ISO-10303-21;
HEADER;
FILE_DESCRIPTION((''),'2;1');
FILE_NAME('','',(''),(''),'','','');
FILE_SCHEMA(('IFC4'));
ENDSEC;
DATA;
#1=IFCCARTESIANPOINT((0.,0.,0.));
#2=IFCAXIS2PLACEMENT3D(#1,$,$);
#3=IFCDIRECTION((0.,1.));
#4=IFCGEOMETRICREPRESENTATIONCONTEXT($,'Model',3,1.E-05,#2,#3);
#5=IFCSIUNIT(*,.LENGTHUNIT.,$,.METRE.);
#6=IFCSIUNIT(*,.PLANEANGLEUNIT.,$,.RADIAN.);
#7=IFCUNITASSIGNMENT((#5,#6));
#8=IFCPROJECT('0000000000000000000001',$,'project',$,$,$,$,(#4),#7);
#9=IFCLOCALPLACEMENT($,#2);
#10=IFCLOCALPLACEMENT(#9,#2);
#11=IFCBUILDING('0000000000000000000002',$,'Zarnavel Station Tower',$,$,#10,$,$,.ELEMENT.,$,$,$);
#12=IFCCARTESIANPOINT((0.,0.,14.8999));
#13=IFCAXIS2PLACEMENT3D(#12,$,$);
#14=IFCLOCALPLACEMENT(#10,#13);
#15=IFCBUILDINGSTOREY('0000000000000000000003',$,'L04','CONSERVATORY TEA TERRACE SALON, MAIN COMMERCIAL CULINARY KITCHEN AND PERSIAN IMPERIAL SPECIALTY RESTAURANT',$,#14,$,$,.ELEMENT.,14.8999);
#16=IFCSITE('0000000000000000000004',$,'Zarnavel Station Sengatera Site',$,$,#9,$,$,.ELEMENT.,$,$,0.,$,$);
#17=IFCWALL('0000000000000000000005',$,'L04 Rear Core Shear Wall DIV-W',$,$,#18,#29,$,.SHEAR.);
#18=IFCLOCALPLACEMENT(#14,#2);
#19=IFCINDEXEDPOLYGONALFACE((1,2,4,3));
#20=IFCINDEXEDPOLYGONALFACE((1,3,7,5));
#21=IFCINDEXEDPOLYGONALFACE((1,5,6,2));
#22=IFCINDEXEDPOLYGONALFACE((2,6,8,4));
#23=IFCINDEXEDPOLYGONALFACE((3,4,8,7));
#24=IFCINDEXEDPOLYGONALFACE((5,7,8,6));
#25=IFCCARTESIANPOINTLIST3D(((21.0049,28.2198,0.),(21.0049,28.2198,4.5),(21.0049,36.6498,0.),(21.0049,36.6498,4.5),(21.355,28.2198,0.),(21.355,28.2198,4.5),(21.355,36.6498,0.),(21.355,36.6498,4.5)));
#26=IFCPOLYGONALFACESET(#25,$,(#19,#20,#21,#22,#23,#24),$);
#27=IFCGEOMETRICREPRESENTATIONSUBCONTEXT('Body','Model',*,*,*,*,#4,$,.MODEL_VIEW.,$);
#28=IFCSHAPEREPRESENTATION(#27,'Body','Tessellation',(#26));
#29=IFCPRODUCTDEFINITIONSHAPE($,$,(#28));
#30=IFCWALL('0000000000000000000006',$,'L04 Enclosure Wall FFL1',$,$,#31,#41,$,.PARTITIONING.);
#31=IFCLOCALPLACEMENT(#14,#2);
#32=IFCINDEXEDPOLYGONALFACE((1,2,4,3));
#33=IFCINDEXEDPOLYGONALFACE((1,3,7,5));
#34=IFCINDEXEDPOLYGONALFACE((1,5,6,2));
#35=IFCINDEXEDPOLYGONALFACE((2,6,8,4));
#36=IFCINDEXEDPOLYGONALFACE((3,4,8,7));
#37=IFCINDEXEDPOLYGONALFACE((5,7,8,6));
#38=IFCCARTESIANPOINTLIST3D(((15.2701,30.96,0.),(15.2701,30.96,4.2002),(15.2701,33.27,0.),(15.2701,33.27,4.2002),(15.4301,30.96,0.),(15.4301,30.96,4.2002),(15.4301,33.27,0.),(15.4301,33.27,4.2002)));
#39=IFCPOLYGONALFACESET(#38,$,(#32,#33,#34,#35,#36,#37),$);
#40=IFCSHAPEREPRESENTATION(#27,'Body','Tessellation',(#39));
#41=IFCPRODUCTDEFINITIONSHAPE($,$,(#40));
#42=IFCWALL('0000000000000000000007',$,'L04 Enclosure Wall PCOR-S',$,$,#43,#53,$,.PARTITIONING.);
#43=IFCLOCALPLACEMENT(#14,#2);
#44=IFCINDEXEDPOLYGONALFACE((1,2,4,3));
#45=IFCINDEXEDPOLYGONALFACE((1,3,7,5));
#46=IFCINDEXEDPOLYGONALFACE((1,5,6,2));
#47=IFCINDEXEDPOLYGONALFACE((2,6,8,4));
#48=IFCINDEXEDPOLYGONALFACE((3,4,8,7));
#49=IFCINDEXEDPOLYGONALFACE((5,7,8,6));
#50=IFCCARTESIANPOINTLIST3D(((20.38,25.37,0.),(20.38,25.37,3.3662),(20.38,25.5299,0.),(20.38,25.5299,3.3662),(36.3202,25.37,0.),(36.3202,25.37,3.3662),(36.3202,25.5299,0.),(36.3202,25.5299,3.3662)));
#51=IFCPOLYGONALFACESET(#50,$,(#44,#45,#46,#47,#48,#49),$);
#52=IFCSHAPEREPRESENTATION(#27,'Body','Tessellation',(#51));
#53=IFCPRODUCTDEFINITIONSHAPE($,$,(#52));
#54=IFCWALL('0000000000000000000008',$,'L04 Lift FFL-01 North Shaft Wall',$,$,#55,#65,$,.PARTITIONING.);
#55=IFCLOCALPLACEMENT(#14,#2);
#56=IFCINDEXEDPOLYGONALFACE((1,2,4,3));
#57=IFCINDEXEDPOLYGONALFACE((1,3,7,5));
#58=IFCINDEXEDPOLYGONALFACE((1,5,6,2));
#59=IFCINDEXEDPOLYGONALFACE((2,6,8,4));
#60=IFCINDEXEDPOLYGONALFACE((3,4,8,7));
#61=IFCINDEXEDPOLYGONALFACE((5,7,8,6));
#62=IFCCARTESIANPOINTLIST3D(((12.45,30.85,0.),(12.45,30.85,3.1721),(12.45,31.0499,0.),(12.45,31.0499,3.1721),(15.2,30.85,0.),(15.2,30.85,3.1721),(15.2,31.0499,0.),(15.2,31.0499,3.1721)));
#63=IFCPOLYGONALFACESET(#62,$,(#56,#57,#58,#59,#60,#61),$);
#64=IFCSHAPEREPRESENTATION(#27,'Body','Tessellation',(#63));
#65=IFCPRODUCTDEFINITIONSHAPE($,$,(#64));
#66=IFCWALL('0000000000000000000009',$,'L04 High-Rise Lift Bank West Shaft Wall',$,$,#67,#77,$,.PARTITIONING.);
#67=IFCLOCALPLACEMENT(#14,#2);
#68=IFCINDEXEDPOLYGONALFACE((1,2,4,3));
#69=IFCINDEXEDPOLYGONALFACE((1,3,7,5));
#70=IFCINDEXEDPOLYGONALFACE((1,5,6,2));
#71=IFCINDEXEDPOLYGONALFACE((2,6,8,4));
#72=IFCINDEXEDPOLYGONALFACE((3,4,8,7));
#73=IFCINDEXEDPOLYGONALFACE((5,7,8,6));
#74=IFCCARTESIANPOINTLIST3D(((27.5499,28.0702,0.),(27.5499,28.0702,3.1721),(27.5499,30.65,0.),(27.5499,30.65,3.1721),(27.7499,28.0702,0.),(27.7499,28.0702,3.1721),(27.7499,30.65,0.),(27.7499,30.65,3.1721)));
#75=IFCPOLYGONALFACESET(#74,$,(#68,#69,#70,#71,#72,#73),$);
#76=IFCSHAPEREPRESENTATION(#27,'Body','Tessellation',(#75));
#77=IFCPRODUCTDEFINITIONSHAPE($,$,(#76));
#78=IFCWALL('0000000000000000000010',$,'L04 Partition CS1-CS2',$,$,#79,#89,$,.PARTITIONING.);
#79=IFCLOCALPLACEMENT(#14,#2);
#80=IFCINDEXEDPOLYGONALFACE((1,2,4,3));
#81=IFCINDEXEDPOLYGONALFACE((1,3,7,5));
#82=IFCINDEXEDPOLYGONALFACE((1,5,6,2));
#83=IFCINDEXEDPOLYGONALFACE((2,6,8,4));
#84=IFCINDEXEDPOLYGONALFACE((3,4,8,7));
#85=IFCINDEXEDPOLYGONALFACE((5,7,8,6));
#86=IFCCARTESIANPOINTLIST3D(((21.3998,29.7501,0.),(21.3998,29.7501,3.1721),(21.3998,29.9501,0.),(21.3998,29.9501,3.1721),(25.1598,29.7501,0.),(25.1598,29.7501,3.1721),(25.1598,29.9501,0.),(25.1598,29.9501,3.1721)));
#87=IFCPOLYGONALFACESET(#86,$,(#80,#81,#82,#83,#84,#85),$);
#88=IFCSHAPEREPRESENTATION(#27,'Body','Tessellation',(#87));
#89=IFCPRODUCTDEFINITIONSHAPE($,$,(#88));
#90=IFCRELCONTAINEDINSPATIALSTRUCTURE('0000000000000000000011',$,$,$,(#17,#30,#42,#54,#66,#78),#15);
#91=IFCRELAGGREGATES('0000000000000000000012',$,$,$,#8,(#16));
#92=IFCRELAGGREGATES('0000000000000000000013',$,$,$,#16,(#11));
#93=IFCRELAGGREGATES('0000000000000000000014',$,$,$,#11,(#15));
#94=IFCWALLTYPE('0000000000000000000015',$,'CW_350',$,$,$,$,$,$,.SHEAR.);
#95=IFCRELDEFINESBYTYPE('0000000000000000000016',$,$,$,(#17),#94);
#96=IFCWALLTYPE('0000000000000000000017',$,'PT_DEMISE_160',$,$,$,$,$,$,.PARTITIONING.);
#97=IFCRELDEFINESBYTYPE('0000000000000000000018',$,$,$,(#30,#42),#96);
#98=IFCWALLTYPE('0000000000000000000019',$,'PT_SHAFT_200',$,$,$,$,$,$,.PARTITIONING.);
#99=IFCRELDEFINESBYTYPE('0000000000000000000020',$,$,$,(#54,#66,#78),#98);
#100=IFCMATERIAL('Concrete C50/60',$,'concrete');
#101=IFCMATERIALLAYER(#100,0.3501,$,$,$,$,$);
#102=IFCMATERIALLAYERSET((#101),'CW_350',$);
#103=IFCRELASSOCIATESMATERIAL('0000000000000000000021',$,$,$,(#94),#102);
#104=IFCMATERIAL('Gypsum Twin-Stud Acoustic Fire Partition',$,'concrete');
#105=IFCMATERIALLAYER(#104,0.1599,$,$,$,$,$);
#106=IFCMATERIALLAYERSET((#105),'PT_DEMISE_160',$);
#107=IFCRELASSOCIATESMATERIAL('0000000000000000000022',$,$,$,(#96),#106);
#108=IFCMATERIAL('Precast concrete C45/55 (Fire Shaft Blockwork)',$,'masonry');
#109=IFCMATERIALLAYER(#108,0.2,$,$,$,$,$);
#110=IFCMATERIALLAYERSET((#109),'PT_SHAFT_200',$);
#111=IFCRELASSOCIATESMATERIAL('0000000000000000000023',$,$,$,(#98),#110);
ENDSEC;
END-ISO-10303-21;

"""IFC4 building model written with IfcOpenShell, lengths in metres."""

from ifc_helpers import new_model, si_unit, direction, frame, frame_2d, origin, place, context, subcontext, project, spatial, rectangle, extrude, material, layer, layer_set, type_object, element, save


model = new_model("IFC4")

# Units and contexts
model_context = context("Model", 3, precision=1e-05, world=origin(), true_north=direction((0.0, 1.0)))
body_context = subcontext(model_context, "Body", "Model", "MODEL_VIEW")
ifc_project = project(units=[si_unit("LENGTHUNIT", "METRE"), si_unit("PLANEANGLEUNIT", "RADIAN")], contexts=[model_context])

# Site, building, storey
site_placement = place(None, origin())
site = spatial("IfcSite", under=ifc_project, at=site_placement, Name="Zarnavel Station Sengatera Site", CompositionType="ELEMENT", RefElevation=0.0)
building_placement = place(site_placement, origin())
building = spatial("IfcBuilding", under=site, at=building_placement, Name="Zarnavel Station Tower", CompositionType="ELEMENT")
storey_placement = place(building_placement, frame((0.0, 0.0, 14.8999)))
storey = spatial("IfcBuildingStorey", under=building, at=storey_placement, Name="L04", Description="CONSERVATORY TEA TERRACE SALON, MAIN COMMERCIAL CULINARY KITCHEN AND PERSIAN IMPERIAL SPECIALTY RESTAURANT", CompositionType="ELEMENT", Elevation=14.8999)

# Wall
ifc_material_1 = material(Name="Concrete C50/60", Category="concrete")
ifc_layer_1 = layer(ifc_material_1, 0.3501)
ifc_layer_set_1 = layer_set([ifc_layer_1], Name="CW_350")
wall_type_1 = type_object("IfcWallType", Name="CW_350", PredefinedType="SHEAR", material=ifc_layer_set_1)
wall_1_placement = place(storey_placement, frame((21.1799, 28.22, 0.0), z_axis=(0.0, 0.0, 1.0), x_axis=(0.0, 1.0, 0.0)))
element("IfcWall", 1, at=wall_1_placement, inside=storey, type_object=wall_type_1, Name="L04 Rear Core Shear Wall DIV-W", PredefinedType="SHEAR", context=body_context, shape_type="SweptSolid", body=[
    extrude(rectangle(XDim=8.4299, YDim=0.3501, at=frame_2d((4.2148, 0.0))), origin(), (0.0, 0.0, 1.0), 4.5),
])

# Walls
ifc_material_2 = material(Name="Gypsum Twin-Stud Acoustic Fire Partition", Category="concrete")
ifc_layer_2 = layer(ifc_material_2, 0.1599)
ifc_layer_set_2 = layer_set([ifc_layer_2], Name="PT_DEMISE_160")
wall_type_2 = type_object("IfcWallType", Name="PT_DEMISE_160", PredefinedType="PARTITIONING", material=ifc_layer_set_2)
wall_2_placement = place(storey_placement, frame((15.3501, 30.96, 0.0), z_axis=(0.0, 0.0, 1.0), x_axis=(0.0, 1.0, 0.0)))
element("IfcWall", 2, at=wall_2_placement, inside=storey, type_object=wall_type_2, Name="L04 Enclosure Wall FFL1", PredefinedType="PARTITIONING", context=body_context, shape_type="SweptSolid", body=[
    extrude(rectangle(XDim=2.3101, YDim=0.1599, at=frame_2d((1.155, 0.0))), origin(), (0.0, 0.0, 1.0), 4.2002),
])
wall_3_placement = place(storey_placement, frame((20.3799, 25.45, 0.0), z_axis=(0.0, 0.0, 1.0), x_axis=(1.0, 0.0, 0.0)))
element("IfcWall", 3, at=wall_3_placement, inside=storey, type_object=wall_type_2, Name="L04 Enclosure Wall PCOR-S", PredefinedType="PARTITIONING", context=body_context, shape_type="SweptSolid", body=[
    extrude(rectangle(XDim=15.9402, YDim=0.1599, at=frame_2d((7.9702, 0.0))), origin(), (0.0, 0.0, 1.0), 3.3662),
])

# Shared definitions
ifc_material_3 = material(Name="Precast concrete C45/55 (Fire Shaft Blockwork)", Category="masonry")
ifc_layer_3 = layer(ifc_material_3, 0.2)
ifc_layer_set_3 = layer_set([ifc_layer_3], Name="PT_SHAFT_200")
wall_type_3 = type_object("IfcWallType", Name="PT_SHAFT_200", PredefinedType="PARTITIONING", material=ifc_layer_set_3)

# Walls
wall_4_placement = place(storey_placement, frame((12.45, 30.95, 0.0), z_axis=(0.0, 0.0, 1.0), x_axis=(1.0, 0.0, 0.0)))
element("IfcWall", 4, at=wall_4_placement, inside=storey, type_object=wall_type_3, Name="L04 Lift FFL-01 North Shaft Wall", PredefinedType="PARTITIONING", context=body_context, shape_type="SweptSolid", body=[
    extrude(rectangle(XDim=2.75, YDim=0.2, at=frame_2d((1.375, 0.0))), origin(), (0.0, 0.0, 1.0), 3.1721),
])
wall_5_placement = place(storey_placement, frame((27.6499, 28.0701, 0.0), z_axis=(0.0, 0.0, 1.0), x_axis=(0.0, 1.0, 0.0)))
element("IfcWall", 5, at=wall_5_placement, inside=storey, type_object=wall_type_3, Name="L04 High-Rise Lift Bank West Shaft Wall", PredefinedType="PARTITIONING", context=body_context, shape_type="SweptSolid", body=[
    extrude(rectangle(XDim=2.5798, YDim=0.2, at=frame_2d((1.29, 0.0))), origin(), (0.0, 0.0, 1.0), 3.1721),
])

# Wall
wall_6_placement = place(storey_placement, frame((21.3999, 29.8501, 0.0), z_axis=(0.0, 0.0, 1.0), x_axis=(1.0, 0.0, 0.0)))
element("IfcWall", 6, at=wall_6_placement, inside=storey, type_object=wall_type_3, Name="L04 Partition CS1-CS2", PredefinedType="PARTITIONING", context=body_context, shape_type="SweptSolid", body=[
    extrude(rectangle(XDim=3.76, YDim=0.2, at=frame_2d((1.8799, 0.0))), origin(), (0.0, 0.0, 1.0), 3.1721),
])

save(model, "model.ifc")
